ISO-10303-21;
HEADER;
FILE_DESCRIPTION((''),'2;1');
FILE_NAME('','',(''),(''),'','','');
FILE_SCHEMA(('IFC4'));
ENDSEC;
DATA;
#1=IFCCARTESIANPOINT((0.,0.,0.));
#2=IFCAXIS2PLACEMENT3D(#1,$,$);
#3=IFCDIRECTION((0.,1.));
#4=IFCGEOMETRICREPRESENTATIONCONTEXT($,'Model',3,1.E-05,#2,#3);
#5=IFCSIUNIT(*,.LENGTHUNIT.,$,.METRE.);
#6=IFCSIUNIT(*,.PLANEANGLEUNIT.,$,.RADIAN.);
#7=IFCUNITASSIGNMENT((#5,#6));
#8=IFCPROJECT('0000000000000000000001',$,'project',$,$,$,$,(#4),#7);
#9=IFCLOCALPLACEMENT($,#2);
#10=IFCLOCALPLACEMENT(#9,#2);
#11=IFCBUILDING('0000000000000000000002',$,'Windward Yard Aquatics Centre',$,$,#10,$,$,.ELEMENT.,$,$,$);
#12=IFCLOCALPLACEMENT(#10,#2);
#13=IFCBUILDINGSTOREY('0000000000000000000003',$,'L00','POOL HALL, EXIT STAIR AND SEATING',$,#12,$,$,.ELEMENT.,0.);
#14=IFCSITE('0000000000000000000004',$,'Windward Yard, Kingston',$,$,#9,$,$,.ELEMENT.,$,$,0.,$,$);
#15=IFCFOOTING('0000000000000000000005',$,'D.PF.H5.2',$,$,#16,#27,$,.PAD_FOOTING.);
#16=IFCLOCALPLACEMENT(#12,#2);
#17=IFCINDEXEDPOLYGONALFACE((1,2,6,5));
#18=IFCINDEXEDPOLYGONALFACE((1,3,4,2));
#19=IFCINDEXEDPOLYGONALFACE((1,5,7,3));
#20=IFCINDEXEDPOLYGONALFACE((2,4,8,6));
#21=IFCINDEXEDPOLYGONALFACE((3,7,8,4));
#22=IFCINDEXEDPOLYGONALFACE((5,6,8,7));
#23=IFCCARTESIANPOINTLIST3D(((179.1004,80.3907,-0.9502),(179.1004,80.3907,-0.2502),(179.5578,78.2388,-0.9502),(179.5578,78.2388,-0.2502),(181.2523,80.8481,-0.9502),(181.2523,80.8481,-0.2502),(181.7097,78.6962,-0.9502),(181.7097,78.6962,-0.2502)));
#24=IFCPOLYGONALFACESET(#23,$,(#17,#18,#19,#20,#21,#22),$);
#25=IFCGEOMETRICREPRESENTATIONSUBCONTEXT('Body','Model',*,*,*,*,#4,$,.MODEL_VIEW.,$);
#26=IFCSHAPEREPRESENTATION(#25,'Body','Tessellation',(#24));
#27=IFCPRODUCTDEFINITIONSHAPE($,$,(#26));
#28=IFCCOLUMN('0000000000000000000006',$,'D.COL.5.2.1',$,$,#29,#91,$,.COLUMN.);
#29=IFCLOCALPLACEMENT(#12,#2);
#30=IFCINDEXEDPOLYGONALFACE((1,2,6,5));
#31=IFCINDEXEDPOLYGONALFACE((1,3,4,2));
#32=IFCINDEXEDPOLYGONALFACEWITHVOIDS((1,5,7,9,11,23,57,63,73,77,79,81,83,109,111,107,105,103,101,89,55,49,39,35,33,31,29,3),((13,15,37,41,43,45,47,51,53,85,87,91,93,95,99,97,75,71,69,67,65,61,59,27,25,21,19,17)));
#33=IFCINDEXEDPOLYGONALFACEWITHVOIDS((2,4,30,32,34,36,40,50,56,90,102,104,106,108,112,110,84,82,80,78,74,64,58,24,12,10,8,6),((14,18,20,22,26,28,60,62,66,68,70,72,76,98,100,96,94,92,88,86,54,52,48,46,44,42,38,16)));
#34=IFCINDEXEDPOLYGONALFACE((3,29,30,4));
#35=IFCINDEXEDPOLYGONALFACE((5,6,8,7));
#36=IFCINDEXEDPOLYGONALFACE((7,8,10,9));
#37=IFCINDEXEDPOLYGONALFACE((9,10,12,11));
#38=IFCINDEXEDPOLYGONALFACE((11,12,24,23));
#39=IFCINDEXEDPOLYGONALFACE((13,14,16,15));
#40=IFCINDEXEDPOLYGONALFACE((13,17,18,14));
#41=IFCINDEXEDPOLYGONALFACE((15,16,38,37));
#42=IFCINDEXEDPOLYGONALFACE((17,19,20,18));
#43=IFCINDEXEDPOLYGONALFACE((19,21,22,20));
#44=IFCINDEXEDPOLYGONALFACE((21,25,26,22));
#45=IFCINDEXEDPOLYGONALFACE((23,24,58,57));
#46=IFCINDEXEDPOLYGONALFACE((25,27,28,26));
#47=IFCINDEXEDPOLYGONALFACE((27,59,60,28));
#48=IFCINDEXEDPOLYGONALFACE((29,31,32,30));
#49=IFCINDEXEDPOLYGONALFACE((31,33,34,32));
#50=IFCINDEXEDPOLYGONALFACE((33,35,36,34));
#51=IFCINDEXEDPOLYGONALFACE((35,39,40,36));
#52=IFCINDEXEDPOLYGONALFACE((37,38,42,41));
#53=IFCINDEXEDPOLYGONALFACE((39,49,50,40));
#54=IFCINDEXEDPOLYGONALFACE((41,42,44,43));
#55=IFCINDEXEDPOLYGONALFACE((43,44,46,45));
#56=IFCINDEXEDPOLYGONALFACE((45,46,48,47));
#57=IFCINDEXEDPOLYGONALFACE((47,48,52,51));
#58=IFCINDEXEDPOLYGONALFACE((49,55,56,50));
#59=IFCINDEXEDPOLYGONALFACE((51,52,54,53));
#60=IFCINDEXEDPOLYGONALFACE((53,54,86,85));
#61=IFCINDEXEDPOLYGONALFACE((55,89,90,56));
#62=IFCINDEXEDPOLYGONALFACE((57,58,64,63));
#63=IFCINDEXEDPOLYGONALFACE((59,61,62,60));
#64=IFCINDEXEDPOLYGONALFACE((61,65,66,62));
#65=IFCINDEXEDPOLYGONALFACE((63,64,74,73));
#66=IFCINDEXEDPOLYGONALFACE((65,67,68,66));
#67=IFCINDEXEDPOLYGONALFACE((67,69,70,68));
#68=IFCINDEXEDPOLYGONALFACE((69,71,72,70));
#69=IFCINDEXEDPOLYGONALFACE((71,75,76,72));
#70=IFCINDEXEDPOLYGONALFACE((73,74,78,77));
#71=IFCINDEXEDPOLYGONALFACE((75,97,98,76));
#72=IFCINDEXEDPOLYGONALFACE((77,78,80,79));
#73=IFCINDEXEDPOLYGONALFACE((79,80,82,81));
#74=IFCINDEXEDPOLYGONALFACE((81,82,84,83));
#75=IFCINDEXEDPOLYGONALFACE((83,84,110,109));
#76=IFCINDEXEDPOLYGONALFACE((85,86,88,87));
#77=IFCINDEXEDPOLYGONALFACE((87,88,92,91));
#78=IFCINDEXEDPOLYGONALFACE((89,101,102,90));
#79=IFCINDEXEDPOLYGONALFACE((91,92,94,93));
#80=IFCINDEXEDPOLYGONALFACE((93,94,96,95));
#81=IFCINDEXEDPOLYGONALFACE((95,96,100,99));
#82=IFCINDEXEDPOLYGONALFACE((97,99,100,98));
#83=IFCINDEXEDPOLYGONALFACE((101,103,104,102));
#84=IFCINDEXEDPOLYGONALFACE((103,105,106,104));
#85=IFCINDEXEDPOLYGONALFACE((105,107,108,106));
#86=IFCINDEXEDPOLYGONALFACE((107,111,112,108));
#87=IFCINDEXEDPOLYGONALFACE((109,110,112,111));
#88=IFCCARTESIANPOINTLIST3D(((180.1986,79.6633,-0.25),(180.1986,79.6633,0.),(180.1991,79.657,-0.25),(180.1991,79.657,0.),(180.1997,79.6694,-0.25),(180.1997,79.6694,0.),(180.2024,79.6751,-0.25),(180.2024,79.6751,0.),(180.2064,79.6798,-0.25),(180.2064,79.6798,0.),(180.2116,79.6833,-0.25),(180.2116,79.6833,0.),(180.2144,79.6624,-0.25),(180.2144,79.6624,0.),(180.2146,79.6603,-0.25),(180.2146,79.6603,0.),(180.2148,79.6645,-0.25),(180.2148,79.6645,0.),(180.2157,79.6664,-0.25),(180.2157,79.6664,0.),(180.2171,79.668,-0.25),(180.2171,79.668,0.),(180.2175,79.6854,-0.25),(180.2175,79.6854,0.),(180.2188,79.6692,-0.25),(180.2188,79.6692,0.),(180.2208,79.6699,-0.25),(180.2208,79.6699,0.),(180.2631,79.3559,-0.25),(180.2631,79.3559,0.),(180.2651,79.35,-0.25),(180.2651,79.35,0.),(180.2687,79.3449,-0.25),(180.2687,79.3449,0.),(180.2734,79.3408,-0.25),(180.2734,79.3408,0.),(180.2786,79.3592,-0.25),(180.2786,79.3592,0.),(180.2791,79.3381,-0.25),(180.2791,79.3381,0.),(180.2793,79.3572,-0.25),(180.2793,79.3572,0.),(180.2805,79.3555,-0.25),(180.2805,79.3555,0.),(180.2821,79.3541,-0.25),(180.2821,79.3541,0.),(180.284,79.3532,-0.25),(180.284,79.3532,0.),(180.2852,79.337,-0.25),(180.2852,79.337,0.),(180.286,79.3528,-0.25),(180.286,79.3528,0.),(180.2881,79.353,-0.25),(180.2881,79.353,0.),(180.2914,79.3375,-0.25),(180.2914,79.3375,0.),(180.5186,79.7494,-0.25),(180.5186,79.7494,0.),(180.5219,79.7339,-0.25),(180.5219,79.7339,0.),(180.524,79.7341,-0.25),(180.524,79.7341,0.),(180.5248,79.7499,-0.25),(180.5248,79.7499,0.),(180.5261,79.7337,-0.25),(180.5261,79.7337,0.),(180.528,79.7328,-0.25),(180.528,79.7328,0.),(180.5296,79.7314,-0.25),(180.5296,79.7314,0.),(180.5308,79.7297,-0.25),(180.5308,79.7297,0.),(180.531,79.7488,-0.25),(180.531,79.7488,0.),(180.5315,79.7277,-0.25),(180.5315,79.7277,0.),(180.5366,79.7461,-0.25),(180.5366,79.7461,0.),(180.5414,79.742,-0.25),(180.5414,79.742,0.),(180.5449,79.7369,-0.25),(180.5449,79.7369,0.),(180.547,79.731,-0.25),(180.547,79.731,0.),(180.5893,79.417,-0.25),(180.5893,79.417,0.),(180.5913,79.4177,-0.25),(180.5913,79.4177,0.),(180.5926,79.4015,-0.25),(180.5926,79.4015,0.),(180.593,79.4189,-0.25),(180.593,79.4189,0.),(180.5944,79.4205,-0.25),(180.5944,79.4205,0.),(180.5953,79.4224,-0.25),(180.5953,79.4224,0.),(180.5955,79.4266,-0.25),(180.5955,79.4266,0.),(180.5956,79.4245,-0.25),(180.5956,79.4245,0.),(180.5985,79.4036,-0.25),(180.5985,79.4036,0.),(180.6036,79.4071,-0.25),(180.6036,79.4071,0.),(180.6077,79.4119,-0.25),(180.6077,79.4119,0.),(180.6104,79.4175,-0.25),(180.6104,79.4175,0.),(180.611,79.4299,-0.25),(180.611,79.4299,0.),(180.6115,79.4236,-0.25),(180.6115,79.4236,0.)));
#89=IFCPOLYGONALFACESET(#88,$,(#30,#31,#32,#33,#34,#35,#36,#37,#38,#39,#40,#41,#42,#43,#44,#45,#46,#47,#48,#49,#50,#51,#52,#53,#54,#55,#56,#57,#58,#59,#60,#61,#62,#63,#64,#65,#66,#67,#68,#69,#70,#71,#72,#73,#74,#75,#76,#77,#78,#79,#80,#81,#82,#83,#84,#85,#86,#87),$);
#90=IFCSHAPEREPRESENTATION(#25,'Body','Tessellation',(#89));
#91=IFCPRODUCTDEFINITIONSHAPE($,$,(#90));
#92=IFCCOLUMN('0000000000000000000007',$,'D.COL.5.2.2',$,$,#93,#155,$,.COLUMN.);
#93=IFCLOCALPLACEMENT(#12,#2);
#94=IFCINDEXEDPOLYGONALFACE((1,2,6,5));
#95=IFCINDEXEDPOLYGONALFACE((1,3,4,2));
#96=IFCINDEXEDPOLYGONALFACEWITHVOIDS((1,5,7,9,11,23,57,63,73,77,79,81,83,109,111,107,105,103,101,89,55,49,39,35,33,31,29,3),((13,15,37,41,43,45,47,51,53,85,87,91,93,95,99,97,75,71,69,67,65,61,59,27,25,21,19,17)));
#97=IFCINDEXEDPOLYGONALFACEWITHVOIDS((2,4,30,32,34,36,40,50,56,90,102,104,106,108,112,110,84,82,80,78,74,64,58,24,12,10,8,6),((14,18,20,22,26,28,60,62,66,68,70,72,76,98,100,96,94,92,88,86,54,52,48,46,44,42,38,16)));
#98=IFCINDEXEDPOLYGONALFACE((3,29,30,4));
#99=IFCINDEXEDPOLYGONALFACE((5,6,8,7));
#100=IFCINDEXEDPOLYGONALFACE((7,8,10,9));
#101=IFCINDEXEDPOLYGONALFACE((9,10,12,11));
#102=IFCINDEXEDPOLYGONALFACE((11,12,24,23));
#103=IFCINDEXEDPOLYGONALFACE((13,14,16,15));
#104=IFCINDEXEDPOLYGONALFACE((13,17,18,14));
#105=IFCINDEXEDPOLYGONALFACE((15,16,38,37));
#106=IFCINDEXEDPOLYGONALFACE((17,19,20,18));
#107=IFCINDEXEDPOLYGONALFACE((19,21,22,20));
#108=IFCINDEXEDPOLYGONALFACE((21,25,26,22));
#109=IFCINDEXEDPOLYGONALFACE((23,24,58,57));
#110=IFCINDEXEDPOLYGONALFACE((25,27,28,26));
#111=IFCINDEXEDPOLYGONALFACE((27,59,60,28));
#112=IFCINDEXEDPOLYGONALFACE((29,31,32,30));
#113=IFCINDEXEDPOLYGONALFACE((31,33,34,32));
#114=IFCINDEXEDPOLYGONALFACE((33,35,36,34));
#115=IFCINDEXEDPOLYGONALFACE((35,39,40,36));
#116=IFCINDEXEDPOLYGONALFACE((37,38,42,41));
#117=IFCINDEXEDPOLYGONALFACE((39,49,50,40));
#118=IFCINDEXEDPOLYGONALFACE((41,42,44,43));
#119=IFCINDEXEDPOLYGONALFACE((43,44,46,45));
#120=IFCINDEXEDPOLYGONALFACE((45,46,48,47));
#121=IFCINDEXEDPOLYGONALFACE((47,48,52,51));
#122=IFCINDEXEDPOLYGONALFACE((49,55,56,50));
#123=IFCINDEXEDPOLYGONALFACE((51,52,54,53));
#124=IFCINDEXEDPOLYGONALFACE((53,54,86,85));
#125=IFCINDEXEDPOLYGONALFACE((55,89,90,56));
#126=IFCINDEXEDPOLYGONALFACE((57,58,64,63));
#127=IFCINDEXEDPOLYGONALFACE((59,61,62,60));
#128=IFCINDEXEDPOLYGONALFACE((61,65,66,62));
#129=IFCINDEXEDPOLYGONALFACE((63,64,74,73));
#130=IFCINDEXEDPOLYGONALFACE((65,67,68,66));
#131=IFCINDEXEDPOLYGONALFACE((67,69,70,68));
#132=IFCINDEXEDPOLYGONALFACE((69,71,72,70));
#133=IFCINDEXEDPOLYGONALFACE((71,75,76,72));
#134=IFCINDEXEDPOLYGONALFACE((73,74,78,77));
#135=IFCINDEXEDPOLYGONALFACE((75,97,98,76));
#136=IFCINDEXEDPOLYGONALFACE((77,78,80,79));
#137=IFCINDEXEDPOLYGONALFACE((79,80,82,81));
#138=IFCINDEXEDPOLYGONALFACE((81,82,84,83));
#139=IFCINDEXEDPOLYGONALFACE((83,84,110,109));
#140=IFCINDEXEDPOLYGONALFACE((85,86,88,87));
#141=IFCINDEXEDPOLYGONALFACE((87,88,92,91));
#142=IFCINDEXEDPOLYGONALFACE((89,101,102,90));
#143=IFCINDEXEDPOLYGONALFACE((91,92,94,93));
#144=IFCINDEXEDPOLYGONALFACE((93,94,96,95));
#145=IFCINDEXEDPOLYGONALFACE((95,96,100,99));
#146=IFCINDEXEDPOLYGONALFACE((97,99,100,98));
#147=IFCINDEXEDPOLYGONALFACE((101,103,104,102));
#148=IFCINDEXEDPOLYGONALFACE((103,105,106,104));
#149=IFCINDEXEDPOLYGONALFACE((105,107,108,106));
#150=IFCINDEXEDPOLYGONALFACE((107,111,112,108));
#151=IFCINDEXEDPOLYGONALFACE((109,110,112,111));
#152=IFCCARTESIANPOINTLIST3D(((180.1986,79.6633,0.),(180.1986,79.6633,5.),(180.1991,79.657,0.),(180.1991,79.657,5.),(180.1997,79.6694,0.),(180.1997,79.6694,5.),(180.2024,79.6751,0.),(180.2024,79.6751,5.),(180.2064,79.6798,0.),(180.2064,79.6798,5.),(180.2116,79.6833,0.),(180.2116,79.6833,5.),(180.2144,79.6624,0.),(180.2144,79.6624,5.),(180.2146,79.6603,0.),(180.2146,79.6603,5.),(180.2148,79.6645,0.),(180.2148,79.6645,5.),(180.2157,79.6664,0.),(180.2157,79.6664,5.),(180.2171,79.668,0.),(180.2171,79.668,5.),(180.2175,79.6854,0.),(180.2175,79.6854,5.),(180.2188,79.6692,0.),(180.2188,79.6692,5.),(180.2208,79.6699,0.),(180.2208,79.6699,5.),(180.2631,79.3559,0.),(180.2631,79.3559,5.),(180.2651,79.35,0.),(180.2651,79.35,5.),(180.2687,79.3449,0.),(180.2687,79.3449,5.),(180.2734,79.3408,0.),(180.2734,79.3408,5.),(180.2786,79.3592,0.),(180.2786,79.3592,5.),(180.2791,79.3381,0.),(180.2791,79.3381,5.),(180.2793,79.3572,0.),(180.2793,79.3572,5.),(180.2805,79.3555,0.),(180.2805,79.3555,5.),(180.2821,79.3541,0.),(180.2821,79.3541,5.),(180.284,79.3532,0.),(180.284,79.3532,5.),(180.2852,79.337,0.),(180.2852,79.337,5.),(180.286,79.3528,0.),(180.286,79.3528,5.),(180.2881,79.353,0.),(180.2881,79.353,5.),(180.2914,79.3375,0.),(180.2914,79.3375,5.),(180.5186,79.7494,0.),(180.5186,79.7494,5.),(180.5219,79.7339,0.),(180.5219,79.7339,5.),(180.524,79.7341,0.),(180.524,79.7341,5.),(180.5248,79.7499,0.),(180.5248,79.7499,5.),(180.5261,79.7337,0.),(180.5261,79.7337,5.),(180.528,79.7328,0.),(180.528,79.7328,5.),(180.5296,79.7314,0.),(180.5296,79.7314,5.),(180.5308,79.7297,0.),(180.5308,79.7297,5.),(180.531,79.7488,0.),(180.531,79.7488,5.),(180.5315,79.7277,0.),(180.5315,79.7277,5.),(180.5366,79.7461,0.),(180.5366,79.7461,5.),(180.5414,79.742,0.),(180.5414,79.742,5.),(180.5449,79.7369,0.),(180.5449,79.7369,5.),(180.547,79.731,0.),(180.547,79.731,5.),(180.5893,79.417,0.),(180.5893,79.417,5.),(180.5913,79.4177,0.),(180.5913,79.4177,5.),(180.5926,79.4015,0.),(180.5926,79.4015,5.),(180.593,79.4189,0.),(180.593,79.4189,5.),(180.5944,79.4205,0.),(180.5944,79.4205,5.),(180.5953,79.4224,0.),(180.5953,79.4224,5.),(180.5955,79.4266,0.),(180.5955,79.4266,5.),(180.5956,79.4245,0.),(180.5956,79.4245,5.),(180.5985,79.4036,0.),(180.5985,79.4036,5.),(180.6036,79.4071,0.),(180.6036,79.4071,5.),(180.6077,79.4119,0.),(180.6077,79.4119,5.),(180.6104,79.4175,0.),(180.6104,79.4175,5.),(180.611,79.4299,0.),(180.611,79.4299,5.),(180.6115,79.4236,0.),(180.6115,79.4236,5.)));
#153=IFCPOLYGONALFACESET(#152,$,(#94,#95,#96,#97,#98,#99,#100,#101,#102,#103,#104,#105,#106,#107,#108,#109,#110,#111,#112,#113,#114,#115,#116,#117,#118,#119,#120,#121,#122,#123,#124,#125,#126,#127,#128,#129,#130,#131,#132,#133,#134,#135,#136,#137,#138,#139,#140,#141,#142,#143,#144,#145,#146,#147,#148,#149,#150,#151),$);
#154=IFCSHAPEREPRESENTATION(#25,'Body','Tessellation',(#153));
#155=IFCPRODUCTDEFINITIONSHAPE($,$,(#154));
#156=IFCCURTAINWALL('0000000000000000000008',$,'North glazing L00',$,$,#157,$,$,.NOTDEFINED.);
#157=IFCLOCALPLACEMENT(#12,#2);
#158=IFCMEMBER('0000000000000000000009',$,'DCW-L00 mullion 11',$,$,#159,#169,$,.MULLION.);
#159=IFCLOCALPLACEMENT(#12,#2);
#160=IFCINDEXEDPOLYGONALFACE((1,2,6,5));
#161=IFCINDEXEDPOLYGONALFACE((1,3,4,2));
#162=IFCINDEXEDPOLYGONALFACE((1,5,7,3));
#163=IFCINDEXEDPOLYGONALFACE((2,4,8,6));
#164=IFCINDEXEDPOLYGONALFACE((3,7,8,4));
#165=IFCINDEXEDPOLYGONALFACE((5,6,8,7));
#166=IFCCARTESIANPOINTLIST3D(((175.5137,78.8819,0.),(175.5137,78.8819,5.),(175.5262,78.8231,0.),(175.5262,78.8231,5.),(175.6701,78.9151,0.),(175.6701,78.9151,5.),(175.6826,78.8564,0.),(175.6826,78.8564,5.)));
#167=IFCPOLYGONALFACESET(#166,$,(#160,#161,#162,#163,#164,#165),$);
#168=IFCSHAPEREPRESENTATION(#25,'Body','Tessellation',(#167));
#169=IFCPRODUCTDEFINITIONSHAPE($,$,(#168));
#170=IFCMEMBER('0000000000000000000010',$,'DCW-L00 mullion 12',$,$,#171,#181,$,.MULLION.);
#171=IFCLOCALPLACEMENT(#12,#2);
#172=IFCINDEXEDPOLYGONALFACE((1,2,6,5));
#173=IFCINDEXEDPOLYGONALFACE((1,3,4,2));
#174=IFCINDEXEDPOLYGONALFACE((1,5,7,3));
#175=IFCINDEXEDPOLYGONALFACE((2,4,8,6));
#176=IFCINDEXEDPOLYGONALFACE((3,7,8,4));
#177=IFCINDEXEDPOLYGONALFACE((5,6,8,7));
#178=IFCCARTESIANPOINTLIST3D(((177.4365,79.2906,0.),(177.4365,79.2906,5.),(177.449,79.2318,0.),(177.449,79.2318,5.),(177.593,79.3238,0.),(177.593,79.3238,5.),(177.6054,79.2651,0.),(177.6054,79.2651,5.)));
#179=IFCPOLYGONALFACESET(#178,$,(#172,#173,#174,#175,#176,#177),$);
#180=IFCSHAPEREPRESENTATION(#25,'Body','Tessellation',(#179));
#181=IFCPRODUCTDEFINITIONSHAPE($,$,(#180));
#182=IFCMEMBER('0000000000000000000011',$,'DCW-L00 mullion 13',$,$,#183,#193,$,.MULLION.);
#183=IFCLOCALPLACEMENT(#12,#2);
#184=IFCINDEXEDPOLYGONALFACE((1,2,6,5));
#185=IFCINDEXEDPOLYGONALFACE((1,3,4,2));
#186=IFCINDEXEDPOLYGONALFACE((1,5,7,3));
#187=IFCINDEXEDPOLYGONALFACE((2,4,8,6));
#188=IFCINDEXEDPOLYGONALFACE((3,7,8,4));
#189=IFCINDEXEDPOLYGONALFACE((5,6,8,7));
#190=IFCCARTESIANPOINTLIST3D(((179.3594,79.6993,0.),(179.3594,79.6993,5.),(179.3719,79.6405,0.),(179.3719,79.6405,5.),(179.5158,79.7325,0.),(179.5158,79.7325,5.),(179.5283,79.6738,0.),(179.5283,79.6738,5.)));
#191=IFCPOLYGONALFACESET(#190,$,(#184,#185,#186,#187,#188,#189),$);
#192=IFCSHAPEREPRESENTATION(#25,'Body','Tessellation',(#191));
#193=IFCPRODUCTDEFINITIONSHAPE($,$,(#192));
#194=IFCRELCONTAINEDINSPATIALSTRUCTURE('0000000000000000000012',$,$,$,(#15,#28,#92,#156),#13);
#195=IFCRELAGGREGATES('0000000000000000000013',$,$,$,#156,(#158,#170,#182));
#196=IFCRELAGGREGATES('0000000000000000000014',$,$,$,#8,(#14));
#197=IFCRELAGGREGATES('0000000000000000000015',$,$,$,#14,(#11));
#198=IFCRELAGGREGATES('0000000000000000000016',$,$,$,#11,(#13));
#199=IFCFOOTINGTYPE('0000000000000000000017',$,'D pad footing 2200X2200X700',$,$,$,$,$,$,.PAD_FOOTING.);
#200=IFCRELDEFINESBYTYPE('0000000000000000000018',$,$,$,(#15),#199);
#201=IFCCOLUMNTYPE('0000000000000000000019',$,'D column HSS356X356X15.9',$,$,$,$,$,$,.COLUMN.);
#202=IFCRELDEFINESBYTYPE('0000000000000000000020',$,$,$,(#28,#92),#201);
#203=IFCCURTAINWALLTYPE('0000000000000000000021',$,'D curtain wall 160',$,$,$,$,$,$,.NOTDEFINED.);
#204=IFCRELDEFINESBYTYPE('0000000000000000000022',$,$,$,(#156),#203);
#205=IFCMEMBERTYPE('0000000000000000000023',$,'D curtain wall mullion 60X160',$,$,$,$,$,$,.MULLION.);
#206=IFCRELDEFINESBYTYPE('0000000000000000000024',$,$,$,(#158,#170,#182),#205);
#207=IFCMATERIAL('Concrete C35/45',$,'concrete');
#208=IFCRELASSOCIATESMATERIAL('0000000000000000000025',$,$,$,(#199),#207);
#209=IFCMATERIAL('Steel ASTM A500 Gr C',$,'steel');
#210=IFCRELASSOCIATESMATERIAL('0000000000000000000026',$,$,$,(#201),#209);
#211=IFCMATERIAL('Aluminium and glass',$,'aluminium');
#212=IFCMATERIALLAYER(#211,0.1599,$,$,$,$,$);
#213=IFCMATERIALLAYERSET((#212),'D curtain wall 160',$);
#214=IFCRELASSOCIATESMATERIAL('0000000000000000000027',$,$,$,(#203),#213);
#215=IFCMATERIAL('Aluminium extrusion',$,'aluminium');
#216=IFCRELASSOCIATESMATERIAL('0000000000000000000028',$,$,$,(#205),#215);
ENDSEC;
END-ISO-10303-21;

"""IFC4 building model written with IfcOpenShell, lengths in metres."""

from ifc_helpers import new_model, si_unit, direction, frame, origin, origin_2d, place, context, subcontext, project, spatial, rectangle, hollow_rectangle, extrude, material, layer, layer_set, material_profile, profile_set, type_object, element, aggregate, save


model = new_model("IFC4")

# Units and contexts
model_context = context("Model", 3, precision=1e-05, world=origin(), true_north=direction((0.0, 1.0)))
body_context = subcontext(model_context, "Body", "Model", "MODEL_VIEW")
ifc_project = project(units=[si_unit("LENGTHUNIT", "METRE"), si_unit("PLANEANGLEUNIT", "RADIAN")], contexts=[model_context])

# Site, building, storey
site_placement = place(None, origin())
site = spatial("IfcSite", under=ifc_project, at=site_placement, Name="Windward Yard, Kingston", CompositionType="ELEMENT", RefElevation=0.0)
building_placement = place(site_placement, origin())
building = spatial("IfcBuilding", under=site, at=building_placement, Name="Windward Yard Aquatics Centre", CompositionType="ELEMENT")
storey_placement = place(building_placement, origin())
storey = spatial("IfcBuildingStorey", under=building, at=storey_placement, Name="L00", Description="POOL HALL, EXIT STAIR AND SEATING", CompositionType="ELEMENT", Elevation=0.0)

# Footing
ifc_material_1 = material(Name="Concrete C35/45", Category="concrete")
footing_type = type_object("IfcFootingType", Name="D pad footing 2200X2200X700", PredefinedType="PAD_FOOTING", material=ifc_material_1)
footing_placement = place(storey_placement, frame((180.405, 79.5435, -0.9502), z_axis=(0.0, 0.0, 1.0), x_axis=(0.978148, 0.207912, 0.0)))
element("IfcFooting", 1, at=footing_placement, inside=storey, type_object=footing_type, Name="D.PF.H5.2", PredefinedType="PAD_FOOTING", context=body_context, shape_type="SweptSolid", body=[
    extrude(rectangle(XDim=2.2, YDim=2.2, at=origin_2d()), origin(), (0.0, 0.0, 1.0), 0.7),
])

# Columns
ifc_material_2 = material(Name="Steel ASTM A500 Gr C", Category="steel")
ifc_material_profile_1 = material_profile(ifc_material_2, hollow_rectangle(XDim=0.3557, YDim=0.3557, WallThickness=0.0159, InnerFilletRadius=0.0081, OuterFilletRadius=0.0239, at=origin_2d()), Name="HSS356X356X15.9")
ifc_profile_set_1 = profile_set([ifc_material_profile_1], Name="Steel ASTM A500 Gr C")
column_type = type_object("IfcColumnType", Name="D column HSS356X356X15.9", PredefinedType="COLUMN", material=ifc_profile_set_1)
column_1_placement = place(storey_placement, frame((180.405, 79.5435, -0.25), z_axis=(0.0, 0.0, 1.0), x_axis=(0.978148, 0.207912, 0.0)))
element("IfcColumn", 2, at=column_1_placement, inside=storey, type_object=column_type, Name="D.COL.5.2.1", PredefinedType="COLUMN", context=body_context, shape_type="SweptSolid", body=[
    extrude(hollow_rectangle(XDim=0.3557, YDim=0.3557, WallThickness=0.0159, InnerFilletRadius=0.0081, OuterFilletRadius=0.0239, at=origin_2d()), origin(), (0.0, 0.0, 1.0), 0.25),
])
column_2_placement = place(storey_placement, frame((180.405, 79.5435, 0.0), z_axis=(0.0, 0.0, 1.0), x_axis=(0.978148, 0.207912, 0.0)))
element("IfcColumn", 3, at=column_2_placement, inside=storey, type_object=column_type, Name="D.COL.5.2.2", PredefinedType="COLUMN", context=body_context, shape_type="SweptSolid", body=[
    extrude(hollow_rectangle(XDim=0.3557, YDim=0.3557, WallThickness=0.0159, InnerFilletRadius=0.0081, OuterFilletRadius=0.0239, at=origin_2d()), origin(), (0.0, 0.0, 1.0), 5.0),
])

# Curtain wall, members
ifc_material_3 = material(Name="Aluminium and glass", Category="aluminium")
ifc_layer_1 = layer(ifc_material_3, 0.1599)
ifc_layer_set_1 = layer_set([ifc_layer_1], Name="D curtain wall 160")
curtain_wall_type = type_object("IfcCurtainWallType", Name="D curtain wall 160", PredefinedType="NOTDEFINED", material=ifc_layer_set_1)
curtain_wall_placement = place(storey_placement, origin())
curtain_wall = element("IfcCurtainWall", 4, at=curtain_wall_placement, inside=storey, type_object=curtain_wall_type, Name="North glazing L00", PredefinedType="NOTDEFINED")
ifc_material_4 = material(Name="Aluminium extrusion", Category="aluminium")
ifc_material_profile_2 = material_profile(ifc_material_4, rectangle(XDim=0.0601, YDim=0.1599, at=origin_2d()), Name="MULLION 60X160")
ifc_profile_set_2 = profile_set([ifc_material_profile_2], Name="Aluminium extrusion")
member_type_1 = type_object("IfcMemberType", Name="D curtain wall mullion 60X160", PredefinedType="MULLION", material=ifc_profile_set_2)
member_1_placement = place(storey_placement, frame((175.5981, 78.8691, 0.0), z_axis=(0.0, 0.0, 1.0), x_axis=(-0.207912, 0.978148, 0.0)))
member_1 = element("IfcMember", 5, at=member_1_placement, type_object=member_type_1, Name="DCW-L00 mullion 11", PredefinedType="MULLION", context=body_context, shape_type="SweptSolid", body=[
    extrude(rectangle(XDim=0.0601, YDim=0.1599, at=origin_2d()), origin(), (0.0, 0.0, 1.0), 5.0),
])
member_2_placement = place(storey_placement, frame((177.521, 79.2778, 0.0), z_axis=(0.0, 0.0, 1.0), x_axis=(-0.207912, 0.978148, 0.0)))
member_2 = element("IfcMember", 6, at=member_2_placement, type_object=member_type_1, Name="DCW-L00 mullion 12", PredefinedType="MULLION", context=body_context, shape_type="SweptSolid", body=[
    extrude(rectangle(XDim=0.0601, YDim=0.1599, at=origin_2d()), origin(), (0.0, 0.0, 1.0), 5.0),
])
member_3_placement = place(storey_placement, frame((179.4438, 79.6865, 0.0), z_axis=(0.0, 0.0, 1.0), x_axis=(-0.207912, 0.978148, 0.0)))
member_3 = element("IfcMember", 7, at=member_3_placement, type_object=member_type_1, Name="DCW-L00 mullion 13", PredefinedType="MULLION", context=body_context, shape_type="SweptSolid", body=[
    extrude(rectangle(XDim=0.0601, YDim=0.1599, at=origin_2d()), origin(), (0.0, 0.0, 1.0), 5.0),
])
aggregate(curtain_wall, [member_1, member_2, member_3])

save(model, "model.ifc")
